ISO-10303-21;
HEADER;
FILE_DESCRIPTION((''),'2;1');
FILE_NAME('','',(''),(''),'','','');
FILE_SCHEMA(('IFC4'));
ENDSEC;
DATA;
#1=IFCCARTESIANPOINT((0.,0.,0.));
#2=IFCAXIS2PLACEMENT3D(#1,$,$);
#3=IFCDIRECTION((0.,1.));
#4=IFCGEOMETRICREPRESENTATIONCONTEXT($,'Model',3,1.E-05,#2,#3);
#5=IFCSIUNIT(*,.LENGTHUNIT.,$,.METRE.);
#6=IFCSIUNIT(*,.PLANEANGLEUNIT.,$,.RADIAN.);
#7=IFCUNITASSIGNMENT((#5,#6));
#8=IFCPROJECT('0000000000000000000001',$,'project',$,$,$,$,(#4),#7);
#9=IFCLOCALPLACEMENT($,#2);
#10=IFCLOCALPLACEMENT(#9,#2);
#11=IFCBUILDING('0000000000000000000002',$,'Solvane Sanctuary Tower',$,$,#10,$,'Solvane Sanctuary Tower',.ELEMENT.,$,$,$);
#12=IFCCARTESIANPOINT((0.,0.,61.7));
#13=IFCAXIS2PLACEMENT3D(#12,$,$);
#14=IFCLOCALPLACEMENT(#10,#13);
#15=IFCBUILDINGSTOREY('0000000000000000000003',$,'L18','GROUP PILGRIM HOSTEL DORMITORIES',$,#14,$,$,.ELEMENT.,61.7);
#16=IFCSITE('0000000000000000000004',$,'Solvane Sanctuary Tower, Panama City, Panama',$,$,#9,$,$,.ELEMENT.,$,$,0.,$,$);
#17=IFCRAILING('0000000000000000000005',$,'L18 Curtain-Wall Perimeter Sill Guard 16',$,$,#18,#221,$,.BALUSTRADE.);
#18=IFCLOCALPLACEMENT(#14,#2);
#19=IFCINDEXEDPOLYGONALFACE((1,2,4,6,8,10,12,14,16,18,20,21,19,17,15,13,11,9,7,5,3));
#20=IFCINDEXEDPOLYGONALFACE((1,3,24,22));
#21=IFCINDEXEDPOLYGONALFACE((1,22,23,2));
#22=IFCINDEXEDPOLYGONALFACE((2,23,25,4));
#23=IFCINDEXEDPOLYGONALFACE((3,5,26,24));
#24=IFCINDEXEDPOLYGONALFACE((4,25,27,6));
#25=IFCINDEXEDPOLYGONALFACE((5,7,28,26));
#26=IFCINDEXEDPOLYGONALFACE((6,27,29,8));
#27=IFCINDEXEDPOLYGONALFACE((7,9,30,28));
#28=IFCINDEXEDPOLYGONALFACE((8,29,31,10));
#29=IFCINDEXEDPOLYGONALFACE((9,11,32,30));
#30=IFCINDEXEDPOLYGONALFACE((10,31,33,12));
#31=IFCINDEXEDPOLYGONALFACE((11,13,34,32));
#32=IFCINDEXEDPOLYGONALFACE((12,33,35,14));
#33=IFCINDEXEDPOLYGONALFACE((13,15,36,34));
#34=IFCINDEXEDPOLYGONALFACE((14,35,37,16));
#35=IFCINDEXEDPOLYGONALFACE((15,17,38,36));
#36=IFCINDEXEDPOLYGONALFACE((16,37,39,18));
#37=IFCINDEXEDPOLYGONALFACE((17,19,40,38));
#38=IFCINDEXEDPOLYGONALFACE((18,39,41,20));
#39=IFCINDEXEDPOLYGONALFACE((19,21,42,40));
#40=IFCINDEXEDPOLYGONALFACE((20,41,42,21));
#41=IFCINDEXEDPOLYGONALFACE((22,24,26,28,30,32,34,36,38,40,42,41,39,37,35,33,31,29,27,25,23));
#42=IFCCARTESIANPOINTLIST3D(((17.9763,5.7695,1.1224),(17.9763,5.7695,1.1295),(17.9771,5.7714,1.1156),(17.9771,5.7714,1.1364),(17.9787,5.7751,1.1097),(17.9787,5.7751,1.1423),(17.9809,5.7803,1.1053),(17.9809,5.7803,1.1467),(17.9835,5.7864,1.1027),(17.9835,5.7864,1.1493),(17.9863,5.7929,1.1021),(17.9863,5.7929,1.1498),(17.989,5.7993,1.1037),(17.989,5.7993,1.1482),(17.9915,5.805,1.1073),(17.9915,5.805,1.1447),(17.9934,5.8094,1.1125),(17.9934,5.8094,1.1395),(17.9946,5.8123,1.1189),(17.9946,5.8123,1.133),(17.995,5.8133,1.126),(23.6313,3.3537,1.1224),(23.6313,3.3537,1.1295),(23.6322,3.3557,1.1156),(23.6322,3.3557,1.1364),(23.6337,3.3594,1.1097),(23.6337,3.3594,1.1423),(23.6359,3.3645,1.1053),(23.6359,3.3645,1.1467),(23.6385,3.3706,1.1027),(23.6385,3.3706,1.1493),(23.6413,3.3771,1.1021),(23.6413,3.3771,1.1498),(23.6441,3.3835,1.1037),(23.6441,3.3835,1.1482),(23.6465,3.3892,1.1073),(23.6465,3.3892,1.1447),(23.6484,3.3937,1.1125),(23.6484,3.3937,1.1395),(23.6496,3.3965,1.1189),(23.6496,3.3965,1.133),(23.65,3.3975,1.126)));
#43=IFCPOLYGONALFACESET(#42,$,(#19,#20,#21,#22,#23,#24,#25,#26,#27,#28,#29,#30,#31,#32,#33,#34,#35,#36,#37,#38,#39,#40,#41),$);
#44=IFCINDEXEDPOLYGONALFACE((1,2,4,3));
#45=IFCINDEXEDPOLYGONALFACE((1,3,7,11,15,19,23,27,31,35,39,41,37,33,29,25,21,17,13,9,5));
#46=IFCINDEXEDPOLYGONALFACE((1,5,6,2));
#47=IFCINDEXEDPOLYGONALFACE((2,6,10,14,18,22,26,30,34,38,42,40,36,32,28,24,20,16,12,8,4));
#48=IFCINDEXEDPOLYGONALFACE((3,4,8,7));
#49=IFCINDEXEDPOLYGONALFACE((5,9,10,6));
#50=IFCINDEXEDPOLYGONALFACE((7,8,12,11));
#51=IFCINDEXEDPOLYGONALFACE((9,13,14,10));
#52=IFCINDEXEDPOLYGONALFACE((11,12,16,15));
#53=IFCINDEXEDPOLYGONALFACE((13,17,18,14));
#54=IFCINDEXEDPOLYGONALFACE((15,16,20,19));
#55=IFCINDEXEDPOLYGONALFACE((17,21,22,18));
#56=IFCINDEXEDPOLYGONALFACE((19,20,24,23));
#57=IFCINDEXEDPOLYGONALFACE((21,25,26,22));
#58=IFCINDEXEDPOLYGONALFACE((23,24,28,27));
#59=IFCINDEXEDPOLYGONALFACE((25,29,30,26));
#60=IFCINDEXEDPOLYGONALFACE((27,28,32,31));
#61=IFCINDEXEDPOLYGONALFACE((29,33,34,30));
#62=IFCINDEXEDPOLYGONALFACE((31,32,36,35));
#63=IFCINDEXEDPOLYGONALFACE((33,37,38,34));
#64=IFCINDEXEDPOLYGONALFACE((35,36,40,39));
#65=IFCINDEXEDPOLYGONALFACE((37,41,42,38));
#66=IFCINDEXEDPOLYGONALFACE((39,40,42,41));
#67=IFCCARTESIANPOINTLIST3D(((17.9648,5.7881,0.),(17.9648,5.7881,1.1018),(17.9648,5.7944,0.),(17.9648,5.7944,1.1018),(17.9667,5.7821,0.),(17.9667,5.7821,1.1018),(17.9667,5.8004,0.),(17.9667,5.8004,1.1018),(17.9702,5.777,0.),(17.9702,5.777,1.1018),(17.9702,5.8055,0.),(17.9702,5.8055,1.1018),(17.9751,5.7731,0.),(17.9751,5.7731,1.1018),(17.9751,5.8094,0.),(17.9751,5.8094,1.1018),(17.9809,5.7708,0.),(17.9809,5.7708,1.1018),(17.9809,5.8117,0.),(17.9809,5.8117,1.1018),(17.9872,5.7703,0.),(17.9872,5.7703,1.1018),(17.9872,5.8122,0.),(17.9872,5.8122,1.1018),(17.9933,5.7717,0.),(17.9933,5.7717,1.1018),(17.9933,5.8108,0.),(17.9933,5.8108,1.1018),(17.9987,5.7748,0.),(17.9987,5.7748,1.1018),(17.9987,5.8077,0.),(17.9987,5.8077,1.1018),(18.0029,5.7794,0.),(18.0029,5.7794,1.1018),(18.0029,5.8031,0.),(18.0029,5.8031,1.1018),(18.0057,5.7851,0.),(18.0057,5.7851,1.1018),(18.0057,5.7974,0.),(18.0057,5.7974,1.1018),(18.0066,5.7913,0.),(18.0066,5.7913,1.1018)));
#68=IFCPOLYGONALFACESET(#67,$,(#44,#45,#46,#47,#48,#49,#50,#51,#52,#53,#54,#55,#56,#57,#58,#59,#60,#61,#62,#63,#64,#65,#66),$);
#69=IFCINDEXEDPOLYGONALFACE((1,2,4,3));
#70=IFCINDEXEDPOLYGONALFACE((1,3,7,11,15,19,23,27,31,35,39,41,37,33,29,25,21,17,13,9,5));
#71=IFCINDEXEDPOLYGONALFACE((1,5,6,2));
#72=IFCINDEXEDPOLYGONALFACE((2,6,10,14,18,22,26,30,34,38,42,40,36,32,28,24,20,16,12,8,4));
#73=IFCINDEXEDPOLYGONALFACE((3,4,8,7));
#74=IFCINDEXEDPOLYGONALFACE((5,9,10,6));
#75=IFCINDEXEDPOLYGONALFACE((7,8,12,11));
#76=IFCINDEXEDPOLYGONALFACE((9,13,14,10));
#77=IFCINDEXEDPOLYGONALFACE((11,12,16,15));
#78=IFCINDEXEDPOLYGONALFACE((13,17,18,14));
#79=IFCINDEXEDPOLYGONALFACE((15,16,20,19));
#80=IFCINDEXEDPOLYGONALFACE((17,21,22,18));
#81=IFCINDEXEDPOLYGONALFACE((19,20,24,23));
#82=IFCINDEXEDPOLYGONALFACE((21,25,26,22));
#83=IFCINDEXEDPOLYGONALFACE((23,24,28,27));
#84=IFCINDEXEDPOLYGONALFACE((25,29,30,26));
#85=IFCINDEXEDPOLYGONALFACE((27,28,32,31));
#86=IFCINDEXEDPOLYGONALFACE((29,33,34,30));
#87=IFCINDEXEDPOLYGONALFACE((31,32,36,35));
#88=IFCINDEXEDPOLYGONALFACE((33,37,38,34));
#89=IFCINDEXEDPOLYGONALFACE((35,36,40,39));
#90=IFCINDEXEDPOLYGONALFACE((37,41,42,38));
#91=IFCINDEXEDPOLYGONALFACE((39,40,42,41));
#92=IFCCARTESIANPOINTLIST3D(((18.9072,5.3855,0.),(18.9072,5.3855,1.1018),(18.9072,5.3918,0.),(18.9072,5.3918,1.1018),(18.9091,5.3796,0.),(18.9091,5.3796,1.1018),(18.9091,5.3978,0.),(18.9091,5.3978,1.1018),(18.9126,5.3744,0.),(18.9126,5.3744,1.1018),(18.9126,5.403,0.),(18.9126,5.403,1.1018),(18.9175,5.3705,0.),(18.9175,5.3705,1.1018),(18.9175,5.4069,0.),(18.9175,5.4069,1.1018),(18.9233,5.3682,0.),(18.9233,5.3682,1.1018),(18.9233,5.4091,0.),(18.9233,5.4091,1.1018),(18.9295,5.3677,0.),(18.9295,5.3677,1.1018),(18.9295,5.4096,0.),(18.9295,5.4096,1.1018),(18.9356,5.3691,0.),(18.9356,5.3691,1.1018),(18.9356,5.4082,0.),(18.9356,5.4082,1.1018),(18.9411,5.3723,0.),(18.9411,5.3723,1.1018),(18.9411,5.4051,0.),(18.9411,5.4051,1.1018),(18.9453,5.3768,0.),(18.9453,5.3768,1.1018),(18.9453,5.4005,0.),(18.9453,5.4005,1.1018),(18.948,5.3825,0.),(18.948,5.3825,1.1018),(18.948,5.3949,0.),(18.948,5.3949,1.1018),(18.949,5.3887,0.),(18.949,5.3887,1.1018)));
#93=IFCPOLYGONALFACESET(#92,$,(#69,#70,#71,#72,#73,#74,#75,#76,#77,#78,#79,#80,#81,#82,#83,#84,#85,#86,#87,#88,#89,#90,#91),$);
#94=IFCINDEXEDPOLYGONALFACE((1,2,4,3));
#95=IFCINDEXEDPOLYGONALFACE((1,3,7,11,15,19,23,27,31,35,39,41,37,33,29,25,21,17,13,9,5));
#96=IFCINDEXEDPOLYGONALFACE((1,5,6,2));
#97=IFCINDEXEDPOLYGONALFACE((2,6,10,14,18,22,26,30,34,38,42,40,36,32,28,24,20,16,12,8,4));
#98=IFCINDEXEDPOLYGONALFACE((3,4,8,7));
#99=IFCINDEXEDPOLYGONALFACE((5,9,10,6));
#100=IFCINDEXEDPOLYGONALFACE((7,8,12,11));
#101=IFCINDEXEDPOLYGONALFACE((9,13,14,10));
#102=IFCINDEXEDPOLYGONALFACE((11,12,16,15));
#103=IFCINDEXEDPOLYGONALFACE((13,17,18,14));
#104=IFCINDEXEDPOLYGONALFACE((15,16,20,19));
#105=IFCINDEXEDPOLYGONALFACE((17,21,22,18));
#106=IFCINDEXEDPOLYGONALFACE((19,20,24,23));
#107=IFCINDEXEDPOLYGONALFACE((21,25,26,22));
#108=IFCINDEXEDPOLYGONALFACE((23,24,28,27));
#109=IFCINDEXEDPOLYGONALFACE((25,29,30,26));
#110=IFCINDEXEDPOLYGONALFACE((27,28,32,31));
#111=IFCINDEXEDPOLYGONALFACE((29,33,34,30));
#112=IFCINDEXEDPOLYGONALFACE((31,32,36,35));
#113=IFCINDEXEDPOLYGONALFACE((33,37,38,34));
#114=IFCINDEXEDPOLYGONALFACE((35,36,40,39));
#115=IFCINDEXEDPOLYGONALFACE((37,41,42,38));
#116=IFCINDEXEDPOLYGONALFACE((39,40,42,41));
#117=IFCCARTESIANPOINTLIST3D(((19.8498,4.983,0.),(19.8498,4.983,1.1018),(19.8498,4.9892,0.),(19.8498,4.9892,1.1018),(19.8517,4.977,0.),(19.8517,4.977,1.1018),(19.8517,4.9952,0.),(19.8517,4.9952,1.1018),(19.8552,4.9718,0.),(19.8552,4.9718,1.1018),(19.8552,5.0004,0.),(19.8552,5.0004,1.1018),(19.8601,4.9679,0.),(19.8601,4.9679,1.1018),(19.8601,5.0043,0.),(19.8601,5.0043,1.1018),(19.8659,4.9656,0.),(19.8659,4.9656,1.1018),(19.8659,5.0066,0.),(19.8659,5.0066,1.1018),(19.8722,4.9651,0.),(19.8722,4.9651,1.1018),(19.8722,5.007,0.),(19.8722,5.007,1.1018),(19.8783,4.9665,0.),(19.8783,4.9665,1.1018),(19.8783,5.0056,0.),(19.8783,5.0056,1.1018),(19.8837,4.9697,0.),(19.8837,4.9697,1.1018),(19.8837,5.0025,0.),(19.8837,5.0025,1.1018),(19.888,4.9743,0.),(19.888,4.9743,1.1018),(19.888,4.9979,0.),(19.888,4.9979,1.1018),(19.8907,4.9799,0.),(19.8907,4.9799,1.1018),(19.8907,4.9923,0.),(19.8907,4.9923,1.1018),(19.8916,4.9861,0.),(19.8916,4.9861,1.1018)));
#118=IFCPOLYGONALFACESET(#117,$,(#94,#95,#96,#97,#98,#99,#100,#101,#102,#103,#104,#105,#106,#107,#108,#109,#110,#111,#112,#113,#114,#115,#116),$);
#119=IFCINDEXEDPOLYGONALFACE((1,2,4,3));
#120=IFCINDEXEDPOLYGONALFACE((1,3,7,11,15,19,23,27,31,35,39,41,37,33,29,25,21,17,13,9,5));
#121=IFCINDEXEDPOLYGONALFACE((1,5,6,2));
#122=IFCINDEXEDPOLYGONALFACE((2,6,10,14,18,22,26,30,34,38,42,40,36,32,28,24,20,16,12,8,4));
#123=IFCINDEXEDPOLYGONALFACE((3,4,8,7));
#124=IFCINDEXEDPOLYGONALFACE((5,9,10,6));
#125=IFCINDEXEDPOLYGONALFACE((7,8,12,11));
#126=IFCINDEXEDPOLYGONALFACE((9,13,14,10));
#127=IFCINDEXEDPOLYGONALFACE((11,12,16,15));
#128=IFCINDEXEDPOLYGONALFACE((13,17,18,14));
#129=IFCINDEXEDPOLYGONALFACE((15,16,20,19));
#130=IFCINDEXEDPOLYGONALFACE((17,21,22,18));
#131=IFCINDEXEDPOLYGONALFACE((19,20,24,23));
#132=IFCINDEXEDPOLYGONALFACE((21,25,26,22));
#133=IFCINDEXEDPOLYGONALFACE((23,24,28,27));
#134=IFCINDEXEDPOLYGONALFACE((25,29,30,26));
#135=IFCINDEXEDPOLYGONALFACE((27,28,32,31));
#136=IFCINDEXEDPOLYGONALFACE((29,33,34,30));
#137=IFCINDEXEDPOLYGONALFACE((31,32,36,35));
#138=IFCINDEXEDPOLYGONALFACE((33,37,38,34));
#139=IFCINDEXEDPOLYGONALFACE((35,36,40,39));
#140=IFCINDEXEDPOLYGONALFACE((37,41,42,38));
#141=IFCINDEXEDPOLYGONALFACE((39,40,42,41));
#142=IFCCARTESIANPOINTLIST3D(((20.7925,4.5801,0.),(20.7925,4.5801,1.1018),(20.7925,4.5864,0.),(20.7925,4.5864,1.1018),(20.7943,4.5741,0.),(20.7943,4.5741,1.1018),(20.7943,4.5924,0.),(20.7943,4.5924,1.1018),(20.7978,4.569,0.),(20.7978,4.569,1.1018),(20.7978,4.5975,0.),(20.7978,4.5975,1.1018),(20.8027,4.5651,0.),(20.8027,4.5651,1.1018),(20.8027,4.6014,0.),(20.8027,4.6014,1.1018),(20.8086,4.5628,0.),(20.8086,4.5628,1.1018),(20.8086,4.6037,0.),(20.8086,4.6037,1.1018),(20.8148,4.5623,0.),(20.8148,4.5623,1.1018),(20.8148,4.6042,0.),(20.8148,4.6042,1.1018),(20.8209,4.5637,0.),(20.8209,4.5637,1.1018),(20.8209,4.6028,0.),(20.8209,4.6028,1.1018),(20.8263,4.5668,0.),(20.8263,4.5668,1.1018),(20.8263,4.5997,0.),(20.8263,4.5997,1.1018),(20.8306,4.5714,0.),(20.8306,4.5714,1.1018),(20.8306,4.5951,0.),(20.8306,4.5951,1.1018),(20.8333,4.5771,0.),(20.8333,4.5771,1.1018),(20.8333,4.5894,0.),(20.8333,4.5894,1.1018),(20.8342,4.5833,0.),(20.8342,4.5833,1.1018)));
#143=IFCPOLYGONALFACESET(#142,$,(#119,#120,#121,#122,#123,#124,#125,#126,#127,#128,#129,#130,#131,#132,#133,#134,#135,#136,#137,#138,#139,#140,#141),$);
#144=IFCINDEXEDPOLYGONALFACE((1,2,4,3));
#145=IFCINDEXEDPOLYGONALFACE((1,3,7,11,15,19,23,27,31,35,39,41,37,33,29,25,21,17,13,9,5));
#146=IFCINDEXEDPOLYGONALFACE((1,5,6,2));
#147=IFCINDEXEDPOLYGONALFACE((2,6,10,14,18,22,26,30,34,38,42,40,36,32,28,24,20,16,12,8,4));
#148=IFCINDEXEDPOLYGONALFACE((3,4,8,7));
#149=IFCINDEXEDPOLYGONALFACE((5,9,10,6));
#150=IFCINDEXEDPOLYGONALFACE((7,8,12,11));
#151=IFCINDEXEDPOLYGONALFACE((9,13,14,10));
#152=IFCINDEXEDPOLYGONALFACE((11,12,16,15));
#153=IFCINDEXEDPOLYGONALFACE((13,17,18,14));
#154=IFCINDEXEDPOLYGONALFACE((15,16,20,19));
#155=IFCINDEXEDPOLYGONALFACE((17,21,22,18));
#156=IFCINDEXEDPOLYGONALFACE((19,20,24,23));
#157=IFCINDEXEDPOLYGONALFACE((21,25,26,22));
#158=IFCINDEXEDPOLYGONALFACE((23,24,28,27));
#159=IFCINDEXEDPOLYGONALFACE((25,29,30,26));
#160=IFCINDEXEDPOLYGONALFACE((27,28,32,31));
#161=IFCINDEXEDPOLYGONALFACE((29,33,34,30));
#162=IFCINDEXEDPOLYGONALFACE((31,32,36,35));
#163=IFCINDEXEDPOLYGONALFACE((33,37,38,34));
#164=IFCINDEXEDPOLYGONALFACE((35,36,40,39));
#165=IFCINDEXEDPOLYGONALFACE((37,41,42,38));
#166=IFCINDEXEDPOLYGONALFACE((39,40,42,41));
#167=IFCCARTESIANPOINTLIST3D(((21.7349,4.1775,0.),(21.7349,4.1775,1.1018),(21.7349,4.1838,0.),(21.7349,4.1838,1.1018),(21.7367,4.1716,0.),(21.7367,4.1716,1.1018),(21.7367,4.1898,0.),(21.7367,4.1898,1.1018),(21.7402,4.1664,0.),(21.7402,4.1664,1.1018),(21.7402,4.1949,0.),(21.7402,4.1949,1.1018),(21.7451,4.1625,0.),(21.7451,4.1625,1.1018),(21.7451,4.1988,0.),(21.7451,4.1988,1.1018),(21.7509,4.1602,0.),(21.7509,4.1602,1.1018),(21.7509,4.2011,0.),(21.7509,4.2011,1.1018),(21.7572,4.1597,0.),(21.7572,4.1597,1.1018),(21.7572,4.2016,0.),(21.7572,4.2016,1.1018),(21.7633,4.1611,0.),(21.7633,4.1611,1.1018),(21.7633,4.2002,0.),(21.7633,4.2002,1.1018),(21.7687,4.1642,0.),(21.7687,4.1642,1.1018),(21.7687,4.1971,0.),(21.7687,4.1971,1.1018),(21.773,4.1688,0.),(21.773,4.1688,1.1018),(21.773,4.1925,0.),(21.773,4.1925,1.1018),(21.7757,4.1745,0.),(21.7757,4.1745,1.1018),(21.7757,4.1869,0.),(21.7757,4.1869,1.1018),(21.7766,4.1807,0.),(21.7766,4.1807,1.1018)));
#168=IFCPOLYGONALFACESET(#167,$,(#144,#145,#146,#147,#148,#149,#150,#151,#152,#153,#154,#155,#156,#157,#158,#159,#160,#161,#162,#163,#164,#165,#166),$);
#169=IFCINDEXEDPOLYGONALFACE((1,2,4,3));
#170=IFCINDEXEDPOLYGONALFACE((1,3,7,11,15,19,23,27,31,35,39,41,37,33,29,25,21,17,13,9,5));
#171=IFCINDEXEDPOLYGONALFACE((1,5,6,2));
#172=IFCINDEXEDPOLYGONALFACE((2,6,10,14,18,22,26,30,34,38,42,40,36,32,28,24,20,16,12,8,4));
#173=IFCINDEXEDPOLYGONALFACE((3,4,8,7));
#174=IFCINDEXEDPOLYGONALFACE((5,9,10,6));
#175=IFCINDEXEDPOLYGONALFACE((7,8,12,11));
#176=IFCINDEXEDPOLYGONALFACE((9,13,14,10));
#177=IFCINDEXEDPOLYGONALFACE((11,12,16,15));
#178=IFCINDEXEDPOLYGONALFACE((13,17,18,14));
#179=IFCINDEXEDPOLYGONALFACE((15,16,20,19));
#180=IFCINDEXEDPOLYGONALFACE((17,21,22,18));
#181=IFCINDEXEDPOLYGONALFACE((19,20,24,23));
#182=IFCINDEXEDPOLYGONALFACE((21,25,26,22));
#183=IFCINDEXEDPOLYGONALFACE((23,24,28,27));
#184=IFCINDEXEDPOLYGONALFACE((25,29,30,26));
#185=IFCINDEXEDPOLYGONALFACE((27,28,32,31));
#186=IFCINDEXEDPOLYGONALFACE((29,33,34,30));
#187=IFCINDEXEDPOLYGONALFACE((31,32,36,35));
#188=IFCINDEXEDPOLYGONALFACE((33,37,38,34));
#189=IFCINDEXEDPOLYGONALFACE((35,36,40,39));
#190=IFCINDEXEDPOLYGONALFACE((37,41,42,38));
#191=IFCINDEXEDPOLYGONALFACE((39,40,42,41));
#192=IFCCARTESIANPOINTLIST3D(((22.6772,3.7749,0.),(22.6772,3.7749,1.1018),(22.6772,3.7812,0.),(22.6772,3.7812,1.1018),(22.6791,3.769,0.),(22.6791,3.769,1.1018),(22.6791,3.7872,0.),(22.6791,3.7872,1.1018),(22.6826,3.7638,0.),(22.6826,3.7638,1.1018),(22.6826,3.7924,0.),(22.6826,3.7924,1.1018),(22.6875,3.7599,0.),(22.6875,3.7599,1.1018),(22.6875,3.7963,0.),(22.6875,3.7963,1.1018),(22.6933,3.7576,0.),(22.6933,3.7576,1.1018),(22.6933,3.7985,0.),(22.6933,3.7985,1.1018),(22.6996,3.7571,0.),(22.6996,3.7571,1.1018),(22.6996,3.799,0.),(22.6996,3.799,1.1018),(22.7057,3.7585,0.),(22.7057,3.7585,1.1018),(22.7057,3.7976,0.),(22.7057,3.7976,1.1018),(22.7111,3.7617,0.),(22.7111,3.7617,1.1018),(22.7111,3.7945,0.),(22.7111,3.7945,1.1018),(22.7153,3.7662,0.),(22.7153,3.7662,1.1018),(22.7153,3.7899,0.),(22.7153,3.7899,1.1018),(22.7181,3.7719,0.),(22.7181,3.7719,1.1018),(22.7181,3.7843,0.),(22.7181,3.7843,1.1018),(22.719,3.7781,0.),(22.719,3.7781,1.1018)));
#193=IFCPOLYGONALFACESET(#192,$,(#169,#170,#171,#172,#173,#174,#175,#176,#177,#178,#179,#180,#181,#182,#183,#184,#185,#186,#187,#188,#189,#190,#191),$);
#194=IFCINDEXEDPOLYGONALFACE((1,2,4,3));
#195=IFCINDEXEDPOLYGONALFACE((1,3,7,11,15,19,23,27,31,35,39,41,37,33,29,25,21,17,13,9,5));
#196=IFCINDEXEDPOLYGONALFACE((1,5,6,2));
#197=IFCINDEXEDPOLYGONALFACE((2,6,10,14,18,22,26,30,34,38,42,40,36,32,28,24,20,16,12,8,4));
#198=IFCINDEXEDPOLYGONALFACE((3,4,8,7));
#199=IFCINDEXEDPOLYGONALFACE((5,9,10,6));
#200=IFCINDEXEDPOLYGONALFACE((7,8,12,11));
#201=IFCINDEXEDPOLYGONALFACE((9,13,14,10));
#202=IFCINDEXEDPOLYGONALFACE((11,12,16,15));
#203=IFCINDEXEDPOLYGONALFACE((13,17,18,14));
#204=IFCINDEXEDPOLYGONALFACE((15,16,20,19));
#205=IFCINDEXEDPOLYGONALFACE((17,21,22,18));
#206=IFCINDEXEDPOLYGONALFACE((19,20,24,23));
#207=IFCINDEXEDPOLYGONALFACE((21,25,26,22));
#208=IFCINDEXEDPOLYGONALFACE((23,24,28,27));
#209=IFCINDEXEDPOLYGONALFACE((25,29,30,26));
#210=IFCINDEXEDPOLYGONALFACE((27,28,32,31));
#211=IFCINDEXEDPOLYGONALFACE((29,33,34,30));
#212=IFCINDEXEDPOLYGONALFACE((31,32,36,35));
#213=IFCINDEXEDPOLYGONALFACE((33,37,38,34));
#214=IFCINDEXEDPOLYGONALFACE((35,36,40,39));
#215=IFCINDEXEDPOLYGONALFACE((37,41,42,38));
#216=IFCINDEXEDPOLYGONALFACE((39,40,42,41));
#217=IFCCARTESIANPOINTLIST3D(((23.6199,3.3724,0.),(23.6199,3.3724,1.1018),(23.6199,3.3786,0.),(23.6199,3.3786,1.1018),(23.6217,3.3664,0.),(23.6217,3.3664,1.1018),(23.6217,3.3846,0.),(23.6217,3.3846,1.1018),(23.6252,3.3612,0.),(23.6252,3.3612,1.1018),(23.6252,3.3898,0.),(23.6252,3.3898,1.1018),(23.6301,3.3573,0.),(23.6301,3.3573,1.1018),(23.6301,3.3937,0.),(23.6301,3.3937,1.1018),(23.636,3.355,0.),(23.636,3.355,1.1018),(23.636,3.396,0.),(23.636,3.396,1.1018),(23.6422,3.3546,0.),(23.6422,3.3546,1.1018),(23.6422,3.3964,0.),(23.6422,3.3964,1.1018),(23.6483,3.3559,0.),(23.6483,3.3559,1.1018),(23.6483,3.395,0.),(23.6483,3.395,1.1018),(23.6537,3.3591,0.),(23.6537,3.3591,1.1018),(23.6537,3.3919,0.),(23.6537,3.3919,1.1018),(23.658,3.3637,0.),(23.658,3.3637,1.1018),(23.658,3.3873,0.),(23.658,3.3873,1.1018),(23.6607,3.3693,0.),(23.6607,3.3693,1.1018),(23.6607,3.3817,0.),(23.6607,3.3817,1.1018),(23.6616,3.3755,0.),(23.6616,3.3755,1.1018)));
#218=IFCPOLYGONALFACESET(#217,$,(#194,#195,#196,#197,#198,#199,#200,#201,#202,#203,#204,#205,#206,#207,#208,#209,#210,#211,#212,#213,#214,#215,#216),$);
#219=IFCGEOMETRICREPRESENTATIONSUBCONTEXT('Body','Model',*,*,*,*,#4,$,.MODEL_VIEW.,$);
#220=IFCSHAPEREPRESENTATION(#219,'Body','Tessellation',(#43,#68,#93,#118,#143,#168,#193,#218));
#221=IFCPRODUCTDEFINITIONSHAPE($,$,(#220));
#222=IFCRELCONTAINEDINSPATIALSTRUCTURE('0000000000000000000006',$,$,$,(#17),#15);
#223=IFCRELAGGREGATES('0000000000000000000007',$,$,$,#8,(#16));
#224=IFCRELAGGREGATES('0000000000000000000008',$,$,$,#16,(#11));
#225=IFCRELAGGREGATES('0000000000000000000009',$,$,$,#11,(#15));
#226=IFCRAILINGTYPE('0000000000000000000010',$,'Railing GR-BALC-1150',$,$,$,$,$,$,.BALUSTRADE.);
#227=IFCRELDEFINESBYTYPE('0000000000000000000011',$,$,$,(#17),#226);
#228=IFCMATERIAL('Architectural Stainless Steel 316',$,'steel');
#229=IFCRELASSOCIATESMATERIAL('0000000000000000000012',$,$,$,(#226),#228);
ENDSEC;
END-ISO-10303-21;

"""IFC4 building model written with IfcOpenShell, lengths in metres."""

from ifc_helpers import new_model, si_unit, direction, frame, origin, origin_2d, place, context, subcontext, project, spatial, circle, extrude, material, type_object, element, save


model = new_model("IFC4")

# Units and contexts
model_context = context("Model", 3, precision=1e-05, world=origin(), true_north=direction((0.0, 1.0)))
body_context = subcontext(model_context, "Body", "Model", "MODEL_VIEW")
ifc_project = project(units=[si_unit("LENGTHUNIT", "METRE"), si_unit("PLANEANGLEUNIT", "RADIAN")], contexts=[model_context])

# Site, building, storey
site_placement = place(None, origin())
site = spatial("IfcSite", under=ifc_project, at=site_placement, Name="Solvane Sanctuary Tower, Panama City, Panama", CompositionType="ELEMENT", RefElevation=0.0)
building_placement = place(site_placement, origin())
building = spatial("IfcBuilding", under=site, at=building_placement, Name="Solvane Sanctuary Tower", LongName="Solvane Sanctuary Tower", CompositionType="ELEMENT")
storey_placement = place(building_placement, frame((0.0, 0.0, 61.7)))
storey = spatial("IfcBuildingStorey", under=building, at=storey_placement, Name="L18", Description="GROUP PILGRIM HOSTEL DORMITORIES", CompositionType="ELEMENT", Elevation=61.7)

# Railing
ifc_material_1 = material(Name="Architectural Stainless Steel 316", Category="steel")
railing_type = type_object("IfcRailingType", Name="Railing GR-BALC-1150", PredefinedType="BALUSTRADE", material=ifc_material_1)
railing_placement = place(storey_placement, frame((17.9856, 5.7913, 0.0)))
element("IfcRailing", 1, at=railing_placement, inside=storey, type_object=railing_type, Name="L18 Curtain-Wall Perimeter Sill Guard 16", PredefinedType="BALUSTRADE", context=body_context, shape_type="SweptSolid", body=[
    extrude(circle(Radius=0.0239, at=origin_2d()), frame((0.0, 0.0, 1.126), z_axis=(0.919604, -0.392846, 0.0), x_axis=(0.392846, 0.919604, 0.0)), (0.0, 0.0, 1.0), 6.1494),
    extrude(circle(Radius=0.021, at=origin_2d()), origin(), (0.0, 0.0, 1.0), 1.1018),
    extrude(circle(Radius=0.021, at=origin_2d()), frame((0.9424, -0.4026, 0.0)), (0.0, 0.0, 1.0), 1.1018),
    extrude(circle(Radius=0.021, at=origin_2d()), frame((1.885, -0.8052, 0.0)), (0.0, 0.0, 1.0), 1.1018),
    extrude(circle(Radius=0.021, at=origin_2d()), frame((2.8276, -1.208, 0.0)), (0.0, 0.0, 1.0), 1.1018),
    extrude(circle(Radius=0.021, at=origin_2d()), frame((3.77, -1.6106, 0.0)), (0.0, 0.0, 1.0), 1.1018),
    extrude(circle(Radius=0.021, at=origin_2d()), frame((4.7124, -2.0132, 0.0)), (0.0, 0.0, 1.0), 1.1018),
    extrude(circle(Radius=0.021, at=origin_2d()), frame((5.655, -2.4158, 0.0)), (0.0, 0.0, 1.0), 1.1018),
])

save(model, "model.ifc")
